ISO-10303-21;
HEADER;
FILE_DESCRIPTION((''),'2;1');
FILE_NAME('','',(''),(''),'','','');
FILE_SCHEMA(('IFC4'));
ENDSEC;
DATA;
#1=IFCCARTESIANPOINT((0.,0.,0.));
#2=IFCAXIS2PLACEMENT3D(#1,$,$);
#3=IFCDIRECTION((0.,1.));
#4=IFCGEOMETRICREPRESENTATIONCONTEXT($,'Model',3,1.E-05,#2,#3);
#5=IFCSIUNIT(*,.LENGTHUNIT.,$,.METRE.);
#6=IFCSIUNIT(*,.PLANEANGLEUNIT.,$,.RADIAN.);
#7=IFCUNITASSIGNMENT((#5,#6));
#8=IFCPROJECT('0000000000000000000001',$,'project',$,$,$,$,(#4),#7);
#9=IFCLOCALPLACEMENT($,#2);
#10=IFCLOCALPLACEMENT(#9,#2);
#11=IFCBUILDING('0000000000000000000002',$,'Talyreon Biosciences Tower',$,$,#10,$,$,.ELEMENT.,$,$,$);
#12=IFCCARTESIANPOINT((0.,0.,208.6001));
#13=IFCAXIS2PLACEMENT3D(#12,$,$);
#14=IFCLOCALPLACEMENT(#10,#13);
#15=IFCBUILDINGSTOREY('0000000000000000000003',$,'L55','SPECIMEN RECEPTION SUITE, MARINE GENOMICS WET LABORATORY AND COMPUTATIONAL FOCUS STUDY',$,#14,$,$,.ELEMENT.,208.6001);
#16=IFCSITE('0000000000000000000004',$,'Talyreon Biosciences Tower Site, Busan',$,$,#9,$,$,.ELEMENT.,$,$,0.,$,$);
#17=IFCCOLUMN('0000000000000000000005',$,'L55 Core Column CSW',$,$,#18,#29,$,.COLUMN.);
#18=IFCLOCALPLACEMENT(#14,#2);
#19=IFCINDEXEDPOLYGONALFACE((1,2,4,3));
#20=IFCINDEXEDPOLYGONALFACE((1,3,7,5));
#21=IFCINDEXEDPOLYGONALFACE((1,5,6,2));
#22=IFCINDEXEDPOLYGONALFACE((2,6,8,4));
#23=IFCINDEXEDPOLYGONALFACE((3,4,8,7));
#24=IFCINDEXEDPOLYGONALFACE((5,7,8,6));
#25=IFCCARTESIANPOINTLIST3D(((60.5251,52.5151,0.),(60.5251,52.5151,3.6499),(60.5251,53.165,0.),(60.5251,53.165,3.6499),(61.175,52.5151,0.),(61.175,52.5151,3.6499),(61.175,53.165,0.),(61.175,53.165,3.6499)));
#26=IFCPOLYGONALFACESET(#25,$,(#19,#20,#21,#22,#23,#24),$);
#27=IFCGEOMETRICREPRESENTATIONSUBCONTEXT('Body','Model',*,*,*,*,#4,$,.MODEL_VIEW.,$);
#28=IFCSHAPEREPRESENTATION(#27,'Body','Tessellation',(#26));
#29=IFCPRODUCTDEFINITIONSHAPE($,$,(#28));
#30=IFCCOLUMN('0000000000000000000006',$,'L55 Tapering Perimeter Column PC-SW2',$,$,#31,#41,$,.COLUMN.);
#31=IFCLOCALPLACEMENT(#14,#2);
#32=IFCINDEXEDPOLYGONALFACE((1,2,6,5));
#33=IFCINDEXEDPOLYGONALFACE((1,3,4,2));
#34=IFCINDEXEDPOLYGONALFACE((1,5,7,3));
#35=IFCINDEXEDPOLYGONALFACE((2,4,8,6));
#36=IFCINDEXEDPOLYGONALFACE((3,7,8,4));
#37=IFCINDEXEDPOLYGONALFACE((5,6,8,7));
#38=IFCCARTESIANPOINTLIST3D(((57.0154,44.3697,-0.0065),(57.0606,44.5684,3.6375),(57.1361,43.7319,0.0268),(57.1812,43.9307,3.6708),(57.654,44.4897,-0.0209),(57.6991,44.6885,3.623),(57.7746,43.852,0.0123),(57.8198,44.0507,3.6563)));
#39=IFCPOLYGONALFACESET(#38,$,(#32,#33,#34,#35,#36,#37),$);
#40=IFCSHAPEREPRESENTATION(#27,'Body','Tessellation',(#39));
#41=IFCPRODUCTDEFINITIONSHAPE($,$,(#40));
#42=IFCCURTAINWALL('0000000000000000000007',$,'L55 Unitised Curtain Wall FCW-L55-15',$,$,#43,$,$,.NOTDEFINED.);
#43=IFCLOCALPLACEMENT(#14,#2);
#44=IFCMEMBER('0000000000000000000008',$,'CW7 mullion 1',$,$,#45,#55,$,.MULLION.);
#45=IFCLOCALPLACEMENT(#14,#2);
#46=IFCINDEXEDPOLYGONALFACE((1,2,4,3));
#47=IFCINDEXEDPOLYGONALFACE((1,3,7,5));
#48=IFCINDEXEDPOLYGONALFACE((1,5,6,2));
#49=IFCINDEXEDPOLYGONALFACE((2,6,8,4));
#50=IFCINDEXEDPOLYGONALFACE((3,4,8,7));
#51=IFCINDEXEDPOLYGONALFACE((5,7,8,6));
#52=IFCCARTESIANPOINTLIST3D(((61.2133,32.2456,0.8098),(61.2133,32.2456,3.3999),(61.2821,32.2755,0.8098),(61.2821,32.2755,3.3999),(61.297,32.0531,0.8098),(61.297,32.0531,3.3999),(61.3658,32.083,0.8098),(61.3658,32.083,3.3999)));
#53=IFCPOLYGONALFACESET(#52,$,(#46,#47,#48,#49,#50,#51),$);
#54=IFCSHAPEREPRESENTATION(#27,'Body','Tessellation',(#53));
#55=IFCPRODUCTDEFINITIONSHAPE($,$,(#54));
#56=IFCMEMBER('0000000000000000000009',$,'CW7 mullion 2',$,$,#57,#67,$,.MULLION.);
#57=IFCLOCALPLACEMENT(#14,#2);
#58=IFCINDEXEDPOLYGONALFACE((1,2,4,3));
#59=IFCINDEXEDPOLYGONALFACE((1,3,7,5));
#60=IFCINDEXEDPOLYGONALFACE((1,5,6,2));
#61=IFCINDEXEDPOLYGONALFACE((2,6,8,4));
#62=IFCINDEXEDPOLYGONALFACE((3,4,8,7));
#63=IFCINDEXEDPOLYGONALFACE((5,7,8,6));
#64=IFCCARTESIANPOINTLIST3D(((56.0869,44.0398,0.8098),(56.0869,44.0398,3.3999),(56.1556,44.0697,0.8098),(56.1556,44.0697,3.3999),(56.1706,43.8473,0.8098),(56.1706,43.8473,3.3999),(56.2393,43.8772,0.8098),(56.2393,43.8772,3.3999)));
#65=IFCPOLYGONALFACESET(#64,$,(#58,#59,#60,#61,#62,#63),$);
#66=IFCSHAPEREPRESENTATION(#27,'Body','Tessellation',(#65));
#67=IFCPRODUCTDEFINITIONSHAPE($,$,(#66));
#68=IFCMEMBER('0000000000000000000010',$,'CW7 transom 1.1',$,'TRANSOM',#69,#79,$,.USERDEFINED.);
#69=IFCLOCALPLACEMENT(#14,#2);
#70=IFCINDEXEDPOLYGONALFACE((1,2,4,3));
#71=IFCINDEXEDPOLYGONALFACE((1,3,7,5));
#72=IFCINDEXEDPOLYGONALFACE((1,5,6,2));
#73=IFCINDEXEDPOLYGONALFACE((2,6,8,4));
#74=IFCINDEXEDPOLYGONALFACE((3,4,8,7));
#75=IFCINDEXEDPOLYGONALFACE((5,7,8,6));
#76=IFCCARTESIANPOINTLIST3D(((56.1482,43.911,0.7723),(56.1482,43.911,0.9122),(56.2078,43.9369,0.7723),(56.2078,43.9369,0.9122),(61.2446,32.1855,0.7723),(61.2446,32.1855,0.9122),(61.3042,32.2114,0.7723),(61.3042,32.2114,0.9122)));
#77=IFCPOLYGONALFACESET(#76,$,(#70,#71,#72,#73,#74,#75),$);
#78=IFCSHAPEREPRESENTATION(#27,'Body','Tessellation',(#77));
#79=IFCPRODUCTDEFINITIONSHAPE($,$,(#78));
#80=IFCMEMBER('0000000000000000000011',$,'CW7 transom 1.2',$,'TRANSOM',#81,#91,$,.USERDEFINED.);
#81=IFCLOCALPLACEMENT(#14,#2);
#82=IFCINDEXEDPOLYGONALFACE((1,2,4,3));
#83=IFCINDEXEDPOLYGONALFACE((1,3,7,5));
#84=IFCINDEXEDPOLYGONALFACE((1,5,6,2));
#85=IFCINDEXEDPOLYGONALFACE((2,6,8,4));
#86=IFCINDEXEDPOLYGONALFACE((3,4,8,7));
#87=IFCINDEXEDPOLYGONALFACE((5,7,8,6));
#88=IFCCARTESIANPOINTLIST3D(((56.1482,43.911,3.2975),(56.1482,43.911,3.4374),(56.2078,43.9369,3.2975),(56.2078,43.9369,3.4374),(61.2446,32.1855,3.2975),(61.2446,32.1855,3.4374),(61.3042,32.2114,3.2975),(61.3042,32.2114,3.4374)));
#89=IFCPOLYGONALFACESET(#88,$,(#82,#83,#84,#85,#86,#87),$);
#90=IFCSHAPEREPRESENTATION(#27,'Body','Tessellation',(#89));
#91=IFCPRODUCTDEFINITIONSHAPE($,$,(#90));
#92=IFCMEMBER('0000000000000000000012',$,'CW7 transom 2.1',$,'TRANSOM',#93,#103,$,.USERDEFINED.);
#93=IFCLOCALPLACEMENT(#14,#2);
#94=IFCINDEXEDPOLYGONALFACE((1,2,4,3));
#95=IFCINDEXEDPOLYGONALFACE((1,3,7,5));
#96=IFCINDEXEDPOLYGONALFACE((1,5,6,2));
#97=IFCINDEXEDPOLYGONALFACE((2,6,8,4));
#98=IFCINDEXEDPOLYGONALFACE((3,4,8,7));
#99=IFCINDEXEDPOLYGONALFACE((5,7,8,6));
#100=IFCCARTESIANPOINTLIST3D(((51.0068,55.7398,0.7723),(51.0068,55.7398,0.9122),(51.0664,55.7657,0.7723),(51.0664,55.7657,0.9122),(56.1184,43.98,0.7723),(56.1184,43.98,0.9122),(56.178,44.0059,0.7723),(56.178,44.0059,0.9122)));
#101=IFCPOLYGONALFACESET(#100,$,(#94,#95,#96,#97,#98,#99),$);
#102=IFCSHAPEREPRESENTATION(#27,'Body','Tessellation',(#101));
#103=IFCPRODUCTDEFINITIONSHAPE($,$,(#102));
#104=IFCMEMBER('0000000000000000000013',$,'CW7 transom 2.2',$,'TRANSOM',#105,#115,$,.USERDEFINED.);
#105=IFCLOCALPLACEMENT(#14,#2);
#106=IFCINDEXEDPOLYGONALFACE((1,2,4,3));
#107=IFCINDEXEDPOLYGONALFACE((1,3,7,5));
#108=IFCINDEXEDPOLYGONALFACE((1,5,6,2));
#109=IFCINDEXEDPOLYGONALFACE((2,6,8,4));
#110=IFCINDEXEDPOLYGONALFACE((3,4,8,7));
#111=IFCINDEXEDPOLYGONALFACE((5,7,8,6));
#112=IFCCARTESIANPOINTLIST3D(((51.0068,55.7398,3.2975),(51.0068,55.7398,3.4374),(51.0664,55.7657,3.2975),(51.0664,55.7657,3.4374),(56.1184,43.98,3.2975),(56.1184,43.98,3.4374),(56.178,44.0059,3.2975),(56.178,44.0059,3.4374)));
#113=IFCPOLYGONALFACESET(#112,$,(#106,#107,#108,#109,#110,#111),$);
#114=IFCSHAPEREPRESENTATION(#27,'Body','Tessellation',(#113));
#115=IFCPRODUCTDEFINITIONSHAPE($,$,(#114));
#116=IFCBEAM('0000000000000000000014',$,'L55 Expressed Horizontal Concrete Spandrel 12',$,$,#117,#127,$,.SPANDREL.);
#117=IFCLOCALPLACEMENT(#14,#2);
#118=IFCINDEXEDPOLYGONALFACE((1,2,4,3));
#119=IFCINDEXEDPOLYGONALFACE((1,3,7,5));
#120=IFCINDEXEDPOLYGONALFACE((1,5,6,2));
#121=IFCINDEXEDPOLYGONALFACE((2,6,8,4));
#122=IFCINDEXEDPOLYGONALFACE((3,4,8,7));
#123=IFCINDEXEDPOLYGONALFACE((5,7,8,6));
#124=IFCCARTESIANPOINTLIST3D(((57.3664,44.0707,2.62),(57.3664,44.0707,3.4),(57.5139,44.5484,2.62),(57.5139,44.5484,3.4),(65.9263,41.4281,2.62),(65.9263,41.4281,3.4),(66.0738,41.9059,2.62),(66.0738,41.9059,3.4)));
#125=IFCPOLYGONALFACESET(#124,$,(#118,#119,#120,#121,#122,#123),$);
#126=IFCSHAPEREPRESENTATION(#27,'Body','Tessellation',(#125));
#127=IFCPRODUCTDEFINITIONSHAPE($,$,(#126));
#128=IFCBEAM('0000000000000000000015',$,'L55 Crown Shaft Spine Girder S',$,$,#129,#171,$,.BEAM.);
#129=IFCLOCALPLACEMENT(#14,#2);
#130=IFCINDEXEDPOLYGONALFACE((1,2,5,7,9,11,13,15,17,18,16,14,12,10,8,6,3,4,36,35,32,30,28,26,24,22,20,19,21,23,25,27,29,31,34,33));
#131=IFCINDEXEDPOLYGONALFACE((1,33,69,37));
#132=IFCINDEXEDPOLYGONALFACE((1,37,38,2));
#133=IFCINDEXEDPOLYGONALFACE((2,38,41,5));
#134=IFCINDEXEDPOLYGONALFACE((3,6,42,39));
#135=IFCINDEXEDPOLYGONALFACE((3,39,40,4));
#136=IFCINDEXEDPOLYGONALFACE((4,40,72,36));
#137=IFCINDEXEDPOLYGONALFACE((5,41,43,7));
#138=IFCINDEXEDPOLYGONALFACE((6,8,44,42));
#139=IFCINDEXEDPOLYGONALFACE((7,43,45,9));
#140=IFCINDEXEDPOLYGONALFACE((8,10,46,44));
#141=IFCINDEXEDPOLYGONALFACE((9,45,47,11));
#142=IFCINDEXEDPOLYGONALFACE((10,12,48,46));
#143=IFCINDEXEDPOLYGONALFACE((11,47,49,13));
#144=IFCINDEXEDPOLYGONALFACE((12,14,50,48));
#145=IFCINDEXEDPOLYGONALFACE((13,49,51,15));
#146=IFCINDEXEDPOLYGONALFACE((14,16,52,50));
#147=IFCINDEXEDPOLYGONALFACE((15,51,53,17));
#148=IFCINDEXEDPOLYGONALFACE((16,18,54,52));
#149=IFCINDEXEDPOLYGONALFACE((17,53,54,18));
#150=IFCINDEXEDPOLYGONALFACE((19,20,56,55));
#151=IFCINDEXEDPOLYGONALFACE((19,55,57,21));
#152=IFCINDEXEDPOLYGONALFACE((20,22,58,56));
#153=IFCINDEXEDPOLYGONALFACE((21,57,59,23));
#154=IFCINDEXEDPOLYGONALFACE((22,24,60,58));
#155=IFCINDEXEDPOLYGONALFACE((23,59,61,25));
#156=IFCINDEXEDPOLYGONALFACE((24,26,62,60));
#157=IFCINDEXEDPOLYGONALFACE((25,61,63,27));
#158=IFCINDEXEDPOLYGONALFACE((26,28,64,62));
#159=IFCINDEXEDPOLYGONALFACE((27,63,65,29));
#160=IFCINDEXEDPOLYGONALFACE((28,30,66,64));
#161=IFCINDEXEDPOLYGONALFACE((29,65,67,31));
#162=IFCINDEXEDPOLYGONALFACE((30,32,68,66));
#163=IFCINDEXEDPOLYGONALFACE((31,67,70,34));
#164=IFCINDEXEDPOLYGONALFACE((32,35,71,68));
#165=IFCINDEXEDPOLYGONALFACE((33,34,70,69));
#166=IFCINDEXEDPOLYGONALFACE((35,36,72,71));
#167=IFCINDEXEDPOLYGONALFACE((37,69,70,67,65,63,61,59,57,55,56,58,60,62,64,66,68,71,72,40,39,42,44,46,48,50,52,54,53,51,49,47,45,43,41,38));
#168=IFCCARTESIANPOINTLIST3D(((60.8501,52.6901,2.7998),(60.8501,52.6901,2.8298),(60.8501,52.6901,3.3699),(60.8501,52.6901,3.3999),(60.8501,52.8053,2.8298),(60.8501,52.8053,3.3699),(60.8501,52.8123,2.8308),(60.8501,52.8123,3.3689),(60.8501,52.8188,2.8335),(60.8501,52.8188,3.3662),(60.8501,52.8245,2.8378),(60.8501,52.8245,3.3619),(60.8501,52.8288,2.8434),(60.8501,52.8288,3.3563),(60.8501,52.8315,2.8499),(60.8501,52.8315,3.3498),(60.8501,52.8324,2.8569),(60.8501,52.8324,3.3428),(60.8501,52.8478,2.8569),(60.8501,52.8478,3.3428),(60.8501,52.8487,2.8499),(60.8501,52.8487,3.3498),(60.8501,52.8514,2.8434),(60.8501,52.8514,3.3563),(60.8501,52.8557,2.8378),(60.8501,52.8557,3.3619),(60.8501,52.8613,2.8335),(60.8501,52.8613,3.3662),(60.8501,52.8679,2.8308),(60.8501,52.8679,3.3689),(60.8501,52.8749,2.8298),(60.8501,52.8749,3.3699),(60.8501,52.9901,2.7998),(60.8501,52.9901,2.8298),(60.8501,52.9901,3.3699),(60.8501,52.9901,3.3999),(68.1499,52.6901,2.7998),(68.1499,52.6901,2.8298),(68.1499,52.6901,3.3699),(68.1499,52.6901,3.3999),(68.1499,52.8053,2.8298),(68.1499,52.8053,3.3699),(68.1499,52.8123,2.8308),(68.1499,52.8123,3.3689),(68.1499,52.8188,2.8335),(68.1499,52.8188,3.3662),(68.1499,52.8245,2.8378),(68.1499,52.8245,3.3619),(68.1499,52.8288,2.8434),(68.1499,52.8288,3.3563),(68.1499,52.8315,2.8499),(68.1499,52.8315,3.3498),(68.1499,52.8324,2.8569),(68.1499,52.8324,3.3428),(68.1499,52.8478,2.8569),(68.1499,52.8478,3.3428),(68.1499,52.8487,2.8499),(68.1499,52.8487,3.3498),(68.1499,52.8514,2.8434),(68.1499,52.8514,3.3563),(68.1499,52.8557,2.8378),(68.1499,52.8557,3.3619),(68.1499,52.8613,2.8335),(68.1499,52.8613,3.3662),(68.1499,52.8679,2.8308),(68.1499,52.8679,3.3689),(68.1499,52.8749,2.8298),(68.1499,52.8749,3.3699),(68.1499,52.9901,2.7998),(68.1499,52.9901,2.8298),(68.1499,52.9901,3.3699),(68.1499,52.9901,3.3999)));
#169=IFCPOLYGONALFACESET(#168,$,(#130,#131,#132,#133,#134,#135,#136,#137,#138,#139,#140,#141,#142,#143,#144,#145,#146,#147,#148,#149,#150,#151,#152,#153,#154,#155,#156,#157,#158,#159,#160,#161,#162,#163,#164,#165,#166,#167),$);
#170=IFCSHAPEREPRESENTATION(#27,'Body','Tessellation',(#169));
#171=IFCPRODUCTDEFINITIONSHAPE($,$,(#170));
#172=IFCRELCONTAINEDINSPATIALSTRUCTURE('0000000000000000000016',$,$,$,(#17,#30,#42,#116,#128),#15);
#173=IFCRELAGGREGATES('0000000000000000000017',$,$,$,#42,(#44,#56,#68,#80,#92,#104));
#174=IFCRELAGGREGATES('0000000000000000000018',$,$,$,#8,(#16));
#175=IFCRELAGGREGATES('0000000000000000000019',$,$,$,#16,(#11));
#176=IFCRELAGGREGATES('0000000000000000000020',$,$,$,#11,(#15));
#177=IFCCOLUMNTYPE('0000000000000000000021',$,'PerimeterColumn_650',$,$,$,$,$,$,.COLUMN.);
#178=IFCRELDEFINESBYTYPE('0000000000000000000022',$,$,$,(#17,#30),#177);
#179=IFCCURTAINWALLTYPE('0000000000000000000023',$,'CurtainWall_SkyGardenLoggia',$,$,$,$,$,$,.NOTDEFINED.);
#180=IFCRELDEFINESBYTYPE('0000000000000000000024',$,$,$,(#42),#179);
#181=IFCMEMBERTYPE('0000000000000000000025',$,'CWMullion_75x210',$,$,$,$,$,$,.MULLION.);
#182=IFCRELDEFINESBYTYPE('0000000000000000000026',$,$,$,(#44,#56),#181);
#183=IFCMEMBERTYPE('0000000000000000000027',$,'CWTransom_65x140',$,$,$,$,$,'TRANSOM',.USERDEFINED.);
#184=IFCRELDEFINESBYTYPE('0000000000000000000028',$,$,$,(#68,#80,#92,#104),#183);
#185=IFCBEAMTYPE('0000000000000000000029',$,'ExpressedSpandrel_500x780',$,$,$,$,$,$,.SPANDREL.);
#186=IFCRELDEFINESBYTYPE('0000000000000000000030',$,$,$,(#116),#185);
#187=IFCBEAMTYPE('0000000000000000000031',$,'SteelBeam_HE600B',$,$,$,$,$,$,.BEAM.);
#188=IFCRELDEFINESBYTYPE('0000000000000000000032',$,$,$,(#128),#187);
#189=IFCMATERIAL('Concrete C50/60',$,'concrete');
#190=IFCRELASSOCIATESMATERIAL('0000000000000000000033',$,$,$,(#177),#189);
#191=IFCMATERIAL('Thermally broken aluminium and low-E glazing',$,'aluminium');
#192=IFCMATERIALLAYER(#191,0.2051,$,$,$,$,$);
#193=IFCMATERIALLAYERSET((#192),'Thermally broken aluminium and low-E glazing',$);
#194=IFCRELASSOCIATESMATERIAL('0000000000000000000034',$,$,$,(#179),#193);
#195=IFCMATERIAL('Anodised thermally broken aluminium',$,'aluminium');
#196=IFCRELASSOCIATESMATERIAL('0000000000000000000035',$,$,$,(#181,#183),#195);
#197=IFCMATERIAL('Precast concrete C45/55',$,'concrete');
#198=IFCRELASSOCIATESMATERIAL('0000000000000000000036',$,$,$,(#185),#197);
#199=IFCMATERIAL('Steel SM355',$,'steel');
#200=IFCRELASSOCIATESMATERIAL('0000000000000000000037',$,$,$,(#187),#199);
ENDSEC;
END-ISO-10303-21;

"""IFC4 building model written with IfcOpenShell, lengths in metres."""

from ifc_helpers import new_model, si_unit, direction, frame, origin, origin_2d, place, context, subcontext, project, spatial, rectangle, i_section, extrude, material, layer, layer_set, material_profile, profile_set, type_object, element, aggregate, save


model = new_model("IFC4")

# Units and contexts
model_context = context("Model", 3, precision=1e-05, world=origin(), true_north=direction((0.0, 1.0)))
body_context = subcontext(model_context, "Body", "Model", "MODEL_VIEW")
ifc_project = project(units=[si_unit("LENGTHUNIT", "METRE"), si_unit("PLANEANGLEUNIT", "RADIAN")], contexts=[model_context])

# Site, building, storey
site_placement = place(None, origin())
site = spatial("IfcSite", under=ifc_project, at=site_placement, Name="Talyreon Biosciences Tower Site, Busan", CompositionType="ELEMENT", RefElevation=0.0)
building_placement = place(site_placement, origin())
building = spatial("IfcBuilding", under=site, at=building_placement, Name="Talyreon Biosciences Tower", CompositionType="ELEMENT")
storey_placement = place(building_placement, frame((0.0, 0.0, 208.6001)))
storey = spatial("IfcBuildingStorey", under=building, at=storey_placement, Name="L55", Description="SPECIMEN RECEPTION SUITE, MARINE GENOMICS WET LABORATORY AND COMPUTATIONAL FOCUS STUDY", CompositionType="ELEMENT", Elevation=208.6001)

# Columns
ifc_material_1 = material(Name="Concrete C50/60", Category="concrete")
ifc_material_profile_1 = material_profile(ifc_material_1, rectangle(XDim=0.6499, YDim=0.6499, at=origin_2d()), Name="RC 650x650")
ifc_profile_set_1 = profile_set([ifc_material_profile_1], Name="Concrete C50/60")
column_type = type_object("IfcColumnType", Name="PerimeterColumn_650", PredefinedType="COLUMN", material=ifc_profile_set_1)
column_1_placement = place(storey_placement, frame((60.8501, 52.8401, 0.0), z_axis=(0.0, 0.0, 1.0), x_axis=(1.0, 0.0, 0.0)))
element("IfcColumn", 1, at=column_1_placement, inside=storey, type_object=column_type, Name="L55 Core Column CSW", PredefinedType="COLUMN", context=body_context, shape_type="SweptSolid", body=[
    extrude(rectangle(XDim=0.6499, YDim=0.6499, at=origin_2d()), origin(), (0.0, 0.0, 1.0), 3.6499),
])
column_2_placement = place(storey_placement, frame((57.395, 44.1108, 0.0029), z_axis=(0.012375, 0.054451, 0.99844), x_axis=(-0.185688, 0.981273, -0.051213)))
element("IfcColumn", 2, at=column_2_placement, inside=storey, type_object=column_type, Name="L55 Tapering Perimeter Column PC-SW2", PredefinedType="COLUMN", context=body_context, shape_type="SweptSolid", body=[
    extrude(rectangle(XDim=0.6499, YDim=0.6499, at=origin_2d()), origin(), (0.0, 0.0, 1.0), 3.6497),
])

# Curtain wall, members
ifc_material_2 = material(Name="Thermally broken aluminium and low-E glazing", Category="aluminium")
ifc_layer_1 = layer(ifc_material_2, 0.2051)
ifc_layer_set_1 = layer_set([ifc_layer_1], Name="Thermally broken aluminium and low-E glazing")
curtain_wall_type = type_object("IfcCurtainWallType", Name="CurtainWall_SkyGardenLoggia", PredefinedType="NOTDEFINED", material=ifc_layer_set_1)
curtain_wall_placement = place(storey_placement, origin())
curtain_wall = element("IfcCurtainWall", 3, at=curtain_wall_placement, inside=storey, type_object=curtain_wall_type, Name="L55 Unitised Curtain Wall FCW-L55-15", PredefinedType="NOTDEFINED")
ifc_material_3 = material(Name="Anodised thermally broken aluminium", Category="aluminium")
ifc_material_profile_2 = material_profile(ifc_material_3, rectangle(XDim=0.075, YDim=0.21, at=origin_2d()), Name="ALUM MULLION 75x210")
ifc_profile_set_2 = profile_set([ifc_material_profile_2], Name="Anodised thermally broken aluminium")
member_type_1 = type_object("IfcMemberType", Name="CWMullion_75x210", PredefinedType="MULLION", material=ifc_profile_set_2)
member_1_placement = place(storey_placement, frame((61.2896, 32.1643, 0.8098), z_axis=(0.0, 0.0, 1.0), x_axis=(-0.917113, -0.398626, 0.0)))
member_1 = element("IfcMember", 4, at=member_1_placement, type_object=member_type_1, Name="CW7 mullion 1", PredefinedType="MULLION", context=body_context, shape_type="SweptSolid", body=[
    extrude(rectangle(XDim=0.075, YDim=0.21, at=origin_2d()), origin(), (0.0, 0.0, 1.0), 2.5901),
])
member_2_placement = place(storey_placement, frame((56.1631, 43.9585, 0.8098), z_axis=(0.0, 0.0, 1.0), x_axis=(-0.917113, -0.398626, 0.0)))
member_2 = element("IfcMember", 5, at=member_2_placement, type_object=member_type_1, Name="CW7 mullion 2", PredefinedType="MULLION", context=body_context, shape_type="SweptSolid", body=[
    extrude(rectangle(XDim=0.075, YDim=0.21, at=origin_2d()), origin(), (0.0, 0.0, 1.0), 2.5901),
])
ifc_material_profile_3 = material_profile(ifc_material_3, rectangle(XDim=0.0649, YDim=0.1399, at=origin_2d()), Name="ALUM TRANSOM 65x140")
ifc_profile_set_3 = profile_set([ifc_material_profile_3], Name="Anodised thermally broken aluminium")
member_type_2 = type_object("IfcMemberType", Name="CWTransom_65x140", ElementType="TRANSOM", PredefinedType="USERDEFINED", material=ifc_profile_set_3)
member_3_placement = place(storey_placement, frame((61.2744, 32.1985, 0.8423), z_axis=(-0.398618, 0.917117, 0.0), x_axis=(-0.917117, -0.398618, 0.0)))
member_3 = element("IfcMember", 6, at=member_3_placement, type_object=member_type_2, Name="CW7 transom 1.1", ObjectType="TRANSOM", PredefinedType="USERDEFINED", context=body_context, shape_type="SweptSolid", body=[
    extrude(rectangle(XDim=0.0649, YDim=0.1399, at=origin_2d()), origin(), (0.0, 0.0, 1.0), 12.7852),
])
member_4_placement = place(storey_placement, frame((61.2744, 32.1985, 3.3674), z_axis=(-0.398618, 0.917117, 0.0), x_axis=(-0.917117, -0.398618, 0.0)))
member_4 = element("IfcMember", 7, at=member_4_placement, type_object=member_type_2, Name="CW7 transom 1.2", ObjectType="TRANSOM", PredefinedType="USERDEFINED", context=body_context, shape_type="SweptSolid", body=[
    extrude(rectangle(XDim=0.0649, YDim=0.1399, at=origin_2d()), origin(), (0.0, 0.0, 1.0), 12.7852),
])
member_5_placement = place(storey_placement, frame((56.1482, 43.9929, 0.8423), z_axis=(-0.398636, 0.917109, 0.0), x_axis=(-0.917109, -0.398636, 0.0)))
member_5 = element("IfcMember", 8, at=member_5_placement, type_object=member_type_2, Name="CW7 transom 2.1", ObjectType="TRANSOM", PredefinedType="USERDEFINED", context=body_context, shape_type="SweptSolid", body=[
    extrude(rectangle(XDim=0.0649, YDim=0.1399, at=origin_2d()), origin(), (0.0, 0.0, 1.0), 12.8228),
])
member_6_placement = place(storey_placement, frame((56.1482, 43.9929, 3.3674), z_axis=(-0.398636, 0.917109, 0.0), x_axis=(-0.917109, -0.398636, 0.0)))
member_6 = element("IfcMember", 9, at=member_6_placement, type_object=member_type_2, Name="CW7 transom 2.2", ObjectType="TRANSOM", PredefinedType="USERDEFINED", context=body_context, shape_type="SweptSolid", body=[
    extrude(rectangle(XDim=0.0649, YDim=0.1399, at=origin_2d()), origin(), (0.0, 0.0, 1.0), 12.8228),
])

# Beams
ifc_material_4 = material(Name="Precast concrete C45/55", Category="concrete")
ifc_material_profile_4 = material_profile(ifc_material_4, rectangle(XDim=0.5, YDim=0.78, at=origin_2d()), Name="RCB 500x780")
ifc_profile_set_4 = profile_set([ifc_material_profile_4], Name="Precast concrete C45/55")
beam_type_1 = type_object("IfcBeamType", Name="ExpressedSpandrel_500x780", PredefinedType="SPANDREL", material=ifc_profile_set_4)
beam_1_placement = place(storey_placement, frame((57.4402, 44.3096, 3.01), z_axis=(0.955503, -0.294982, 0.0), x_axis=(0.294982, 0.955503, 0.0)))
element("IfcBeam", 10, at=beam_1_placement, inside=storey, type_object=beam_type_1, Name="L55 Expressed Horizontal Concrete Spandrel 12", PredefinedType="SPANDREL", context=body_context, shape_type="SweptSolid", body=[
    extrude(rectangle(XDim=0.5, YDim=0.78, at=origin_2d()), origin(), (0.0, 0.0, 1.0), 8.9585),
])
ifc_material_5 = material(Name="Steel SM355", Category="steel")
ifc_material_profile_5 = material_profile(ifc_material_5, i_section(OverallWidth=0.3, OverallDepth=0.6001, WebThickness=0.0154, FlangeThickness=0.03, FilletRadius=0.0271, at=origin_2d()), Name="HE600B")
ifc_profile_set_5 = profile_set([ifc_material_profile_5], Name="Steel SM355")
beam_type_2 = type_object("IfcBeamType", Name="SteelBeam_HE600B", PredefinedType="BEAM", material=ifc_profile_set_5)
beam_2_placement = place(storey_placement, frame((60.8501, 52.8401, 3.0999), z_axis=(1.0, 0.0, 0.0), x_axis=(0.0, 1.0, 0.0)))
element("IfcBeam", 11, at=beam_2_placement, inside=storey, type_object=beam_type_2, Name="L55 Crown Shaft Spine Girder S", PredefinedType="BEAM", context=body_context, shape_type="SweptSolid", body=[
    extrude(i_section(OverallWidth=0.3, OverallDepth=0.6001, WebThickness=0.0154, FlangeThickness=0.03, FilletRadius=0.0271, at=origin_2d()), origin(), (0.0, 0.0, 1.0), 7.2998),
])

aggregate(curtain_wall, [member_1, member_2, member_3, member_4, member_5, member_6])

save(model, "model.ifc")
